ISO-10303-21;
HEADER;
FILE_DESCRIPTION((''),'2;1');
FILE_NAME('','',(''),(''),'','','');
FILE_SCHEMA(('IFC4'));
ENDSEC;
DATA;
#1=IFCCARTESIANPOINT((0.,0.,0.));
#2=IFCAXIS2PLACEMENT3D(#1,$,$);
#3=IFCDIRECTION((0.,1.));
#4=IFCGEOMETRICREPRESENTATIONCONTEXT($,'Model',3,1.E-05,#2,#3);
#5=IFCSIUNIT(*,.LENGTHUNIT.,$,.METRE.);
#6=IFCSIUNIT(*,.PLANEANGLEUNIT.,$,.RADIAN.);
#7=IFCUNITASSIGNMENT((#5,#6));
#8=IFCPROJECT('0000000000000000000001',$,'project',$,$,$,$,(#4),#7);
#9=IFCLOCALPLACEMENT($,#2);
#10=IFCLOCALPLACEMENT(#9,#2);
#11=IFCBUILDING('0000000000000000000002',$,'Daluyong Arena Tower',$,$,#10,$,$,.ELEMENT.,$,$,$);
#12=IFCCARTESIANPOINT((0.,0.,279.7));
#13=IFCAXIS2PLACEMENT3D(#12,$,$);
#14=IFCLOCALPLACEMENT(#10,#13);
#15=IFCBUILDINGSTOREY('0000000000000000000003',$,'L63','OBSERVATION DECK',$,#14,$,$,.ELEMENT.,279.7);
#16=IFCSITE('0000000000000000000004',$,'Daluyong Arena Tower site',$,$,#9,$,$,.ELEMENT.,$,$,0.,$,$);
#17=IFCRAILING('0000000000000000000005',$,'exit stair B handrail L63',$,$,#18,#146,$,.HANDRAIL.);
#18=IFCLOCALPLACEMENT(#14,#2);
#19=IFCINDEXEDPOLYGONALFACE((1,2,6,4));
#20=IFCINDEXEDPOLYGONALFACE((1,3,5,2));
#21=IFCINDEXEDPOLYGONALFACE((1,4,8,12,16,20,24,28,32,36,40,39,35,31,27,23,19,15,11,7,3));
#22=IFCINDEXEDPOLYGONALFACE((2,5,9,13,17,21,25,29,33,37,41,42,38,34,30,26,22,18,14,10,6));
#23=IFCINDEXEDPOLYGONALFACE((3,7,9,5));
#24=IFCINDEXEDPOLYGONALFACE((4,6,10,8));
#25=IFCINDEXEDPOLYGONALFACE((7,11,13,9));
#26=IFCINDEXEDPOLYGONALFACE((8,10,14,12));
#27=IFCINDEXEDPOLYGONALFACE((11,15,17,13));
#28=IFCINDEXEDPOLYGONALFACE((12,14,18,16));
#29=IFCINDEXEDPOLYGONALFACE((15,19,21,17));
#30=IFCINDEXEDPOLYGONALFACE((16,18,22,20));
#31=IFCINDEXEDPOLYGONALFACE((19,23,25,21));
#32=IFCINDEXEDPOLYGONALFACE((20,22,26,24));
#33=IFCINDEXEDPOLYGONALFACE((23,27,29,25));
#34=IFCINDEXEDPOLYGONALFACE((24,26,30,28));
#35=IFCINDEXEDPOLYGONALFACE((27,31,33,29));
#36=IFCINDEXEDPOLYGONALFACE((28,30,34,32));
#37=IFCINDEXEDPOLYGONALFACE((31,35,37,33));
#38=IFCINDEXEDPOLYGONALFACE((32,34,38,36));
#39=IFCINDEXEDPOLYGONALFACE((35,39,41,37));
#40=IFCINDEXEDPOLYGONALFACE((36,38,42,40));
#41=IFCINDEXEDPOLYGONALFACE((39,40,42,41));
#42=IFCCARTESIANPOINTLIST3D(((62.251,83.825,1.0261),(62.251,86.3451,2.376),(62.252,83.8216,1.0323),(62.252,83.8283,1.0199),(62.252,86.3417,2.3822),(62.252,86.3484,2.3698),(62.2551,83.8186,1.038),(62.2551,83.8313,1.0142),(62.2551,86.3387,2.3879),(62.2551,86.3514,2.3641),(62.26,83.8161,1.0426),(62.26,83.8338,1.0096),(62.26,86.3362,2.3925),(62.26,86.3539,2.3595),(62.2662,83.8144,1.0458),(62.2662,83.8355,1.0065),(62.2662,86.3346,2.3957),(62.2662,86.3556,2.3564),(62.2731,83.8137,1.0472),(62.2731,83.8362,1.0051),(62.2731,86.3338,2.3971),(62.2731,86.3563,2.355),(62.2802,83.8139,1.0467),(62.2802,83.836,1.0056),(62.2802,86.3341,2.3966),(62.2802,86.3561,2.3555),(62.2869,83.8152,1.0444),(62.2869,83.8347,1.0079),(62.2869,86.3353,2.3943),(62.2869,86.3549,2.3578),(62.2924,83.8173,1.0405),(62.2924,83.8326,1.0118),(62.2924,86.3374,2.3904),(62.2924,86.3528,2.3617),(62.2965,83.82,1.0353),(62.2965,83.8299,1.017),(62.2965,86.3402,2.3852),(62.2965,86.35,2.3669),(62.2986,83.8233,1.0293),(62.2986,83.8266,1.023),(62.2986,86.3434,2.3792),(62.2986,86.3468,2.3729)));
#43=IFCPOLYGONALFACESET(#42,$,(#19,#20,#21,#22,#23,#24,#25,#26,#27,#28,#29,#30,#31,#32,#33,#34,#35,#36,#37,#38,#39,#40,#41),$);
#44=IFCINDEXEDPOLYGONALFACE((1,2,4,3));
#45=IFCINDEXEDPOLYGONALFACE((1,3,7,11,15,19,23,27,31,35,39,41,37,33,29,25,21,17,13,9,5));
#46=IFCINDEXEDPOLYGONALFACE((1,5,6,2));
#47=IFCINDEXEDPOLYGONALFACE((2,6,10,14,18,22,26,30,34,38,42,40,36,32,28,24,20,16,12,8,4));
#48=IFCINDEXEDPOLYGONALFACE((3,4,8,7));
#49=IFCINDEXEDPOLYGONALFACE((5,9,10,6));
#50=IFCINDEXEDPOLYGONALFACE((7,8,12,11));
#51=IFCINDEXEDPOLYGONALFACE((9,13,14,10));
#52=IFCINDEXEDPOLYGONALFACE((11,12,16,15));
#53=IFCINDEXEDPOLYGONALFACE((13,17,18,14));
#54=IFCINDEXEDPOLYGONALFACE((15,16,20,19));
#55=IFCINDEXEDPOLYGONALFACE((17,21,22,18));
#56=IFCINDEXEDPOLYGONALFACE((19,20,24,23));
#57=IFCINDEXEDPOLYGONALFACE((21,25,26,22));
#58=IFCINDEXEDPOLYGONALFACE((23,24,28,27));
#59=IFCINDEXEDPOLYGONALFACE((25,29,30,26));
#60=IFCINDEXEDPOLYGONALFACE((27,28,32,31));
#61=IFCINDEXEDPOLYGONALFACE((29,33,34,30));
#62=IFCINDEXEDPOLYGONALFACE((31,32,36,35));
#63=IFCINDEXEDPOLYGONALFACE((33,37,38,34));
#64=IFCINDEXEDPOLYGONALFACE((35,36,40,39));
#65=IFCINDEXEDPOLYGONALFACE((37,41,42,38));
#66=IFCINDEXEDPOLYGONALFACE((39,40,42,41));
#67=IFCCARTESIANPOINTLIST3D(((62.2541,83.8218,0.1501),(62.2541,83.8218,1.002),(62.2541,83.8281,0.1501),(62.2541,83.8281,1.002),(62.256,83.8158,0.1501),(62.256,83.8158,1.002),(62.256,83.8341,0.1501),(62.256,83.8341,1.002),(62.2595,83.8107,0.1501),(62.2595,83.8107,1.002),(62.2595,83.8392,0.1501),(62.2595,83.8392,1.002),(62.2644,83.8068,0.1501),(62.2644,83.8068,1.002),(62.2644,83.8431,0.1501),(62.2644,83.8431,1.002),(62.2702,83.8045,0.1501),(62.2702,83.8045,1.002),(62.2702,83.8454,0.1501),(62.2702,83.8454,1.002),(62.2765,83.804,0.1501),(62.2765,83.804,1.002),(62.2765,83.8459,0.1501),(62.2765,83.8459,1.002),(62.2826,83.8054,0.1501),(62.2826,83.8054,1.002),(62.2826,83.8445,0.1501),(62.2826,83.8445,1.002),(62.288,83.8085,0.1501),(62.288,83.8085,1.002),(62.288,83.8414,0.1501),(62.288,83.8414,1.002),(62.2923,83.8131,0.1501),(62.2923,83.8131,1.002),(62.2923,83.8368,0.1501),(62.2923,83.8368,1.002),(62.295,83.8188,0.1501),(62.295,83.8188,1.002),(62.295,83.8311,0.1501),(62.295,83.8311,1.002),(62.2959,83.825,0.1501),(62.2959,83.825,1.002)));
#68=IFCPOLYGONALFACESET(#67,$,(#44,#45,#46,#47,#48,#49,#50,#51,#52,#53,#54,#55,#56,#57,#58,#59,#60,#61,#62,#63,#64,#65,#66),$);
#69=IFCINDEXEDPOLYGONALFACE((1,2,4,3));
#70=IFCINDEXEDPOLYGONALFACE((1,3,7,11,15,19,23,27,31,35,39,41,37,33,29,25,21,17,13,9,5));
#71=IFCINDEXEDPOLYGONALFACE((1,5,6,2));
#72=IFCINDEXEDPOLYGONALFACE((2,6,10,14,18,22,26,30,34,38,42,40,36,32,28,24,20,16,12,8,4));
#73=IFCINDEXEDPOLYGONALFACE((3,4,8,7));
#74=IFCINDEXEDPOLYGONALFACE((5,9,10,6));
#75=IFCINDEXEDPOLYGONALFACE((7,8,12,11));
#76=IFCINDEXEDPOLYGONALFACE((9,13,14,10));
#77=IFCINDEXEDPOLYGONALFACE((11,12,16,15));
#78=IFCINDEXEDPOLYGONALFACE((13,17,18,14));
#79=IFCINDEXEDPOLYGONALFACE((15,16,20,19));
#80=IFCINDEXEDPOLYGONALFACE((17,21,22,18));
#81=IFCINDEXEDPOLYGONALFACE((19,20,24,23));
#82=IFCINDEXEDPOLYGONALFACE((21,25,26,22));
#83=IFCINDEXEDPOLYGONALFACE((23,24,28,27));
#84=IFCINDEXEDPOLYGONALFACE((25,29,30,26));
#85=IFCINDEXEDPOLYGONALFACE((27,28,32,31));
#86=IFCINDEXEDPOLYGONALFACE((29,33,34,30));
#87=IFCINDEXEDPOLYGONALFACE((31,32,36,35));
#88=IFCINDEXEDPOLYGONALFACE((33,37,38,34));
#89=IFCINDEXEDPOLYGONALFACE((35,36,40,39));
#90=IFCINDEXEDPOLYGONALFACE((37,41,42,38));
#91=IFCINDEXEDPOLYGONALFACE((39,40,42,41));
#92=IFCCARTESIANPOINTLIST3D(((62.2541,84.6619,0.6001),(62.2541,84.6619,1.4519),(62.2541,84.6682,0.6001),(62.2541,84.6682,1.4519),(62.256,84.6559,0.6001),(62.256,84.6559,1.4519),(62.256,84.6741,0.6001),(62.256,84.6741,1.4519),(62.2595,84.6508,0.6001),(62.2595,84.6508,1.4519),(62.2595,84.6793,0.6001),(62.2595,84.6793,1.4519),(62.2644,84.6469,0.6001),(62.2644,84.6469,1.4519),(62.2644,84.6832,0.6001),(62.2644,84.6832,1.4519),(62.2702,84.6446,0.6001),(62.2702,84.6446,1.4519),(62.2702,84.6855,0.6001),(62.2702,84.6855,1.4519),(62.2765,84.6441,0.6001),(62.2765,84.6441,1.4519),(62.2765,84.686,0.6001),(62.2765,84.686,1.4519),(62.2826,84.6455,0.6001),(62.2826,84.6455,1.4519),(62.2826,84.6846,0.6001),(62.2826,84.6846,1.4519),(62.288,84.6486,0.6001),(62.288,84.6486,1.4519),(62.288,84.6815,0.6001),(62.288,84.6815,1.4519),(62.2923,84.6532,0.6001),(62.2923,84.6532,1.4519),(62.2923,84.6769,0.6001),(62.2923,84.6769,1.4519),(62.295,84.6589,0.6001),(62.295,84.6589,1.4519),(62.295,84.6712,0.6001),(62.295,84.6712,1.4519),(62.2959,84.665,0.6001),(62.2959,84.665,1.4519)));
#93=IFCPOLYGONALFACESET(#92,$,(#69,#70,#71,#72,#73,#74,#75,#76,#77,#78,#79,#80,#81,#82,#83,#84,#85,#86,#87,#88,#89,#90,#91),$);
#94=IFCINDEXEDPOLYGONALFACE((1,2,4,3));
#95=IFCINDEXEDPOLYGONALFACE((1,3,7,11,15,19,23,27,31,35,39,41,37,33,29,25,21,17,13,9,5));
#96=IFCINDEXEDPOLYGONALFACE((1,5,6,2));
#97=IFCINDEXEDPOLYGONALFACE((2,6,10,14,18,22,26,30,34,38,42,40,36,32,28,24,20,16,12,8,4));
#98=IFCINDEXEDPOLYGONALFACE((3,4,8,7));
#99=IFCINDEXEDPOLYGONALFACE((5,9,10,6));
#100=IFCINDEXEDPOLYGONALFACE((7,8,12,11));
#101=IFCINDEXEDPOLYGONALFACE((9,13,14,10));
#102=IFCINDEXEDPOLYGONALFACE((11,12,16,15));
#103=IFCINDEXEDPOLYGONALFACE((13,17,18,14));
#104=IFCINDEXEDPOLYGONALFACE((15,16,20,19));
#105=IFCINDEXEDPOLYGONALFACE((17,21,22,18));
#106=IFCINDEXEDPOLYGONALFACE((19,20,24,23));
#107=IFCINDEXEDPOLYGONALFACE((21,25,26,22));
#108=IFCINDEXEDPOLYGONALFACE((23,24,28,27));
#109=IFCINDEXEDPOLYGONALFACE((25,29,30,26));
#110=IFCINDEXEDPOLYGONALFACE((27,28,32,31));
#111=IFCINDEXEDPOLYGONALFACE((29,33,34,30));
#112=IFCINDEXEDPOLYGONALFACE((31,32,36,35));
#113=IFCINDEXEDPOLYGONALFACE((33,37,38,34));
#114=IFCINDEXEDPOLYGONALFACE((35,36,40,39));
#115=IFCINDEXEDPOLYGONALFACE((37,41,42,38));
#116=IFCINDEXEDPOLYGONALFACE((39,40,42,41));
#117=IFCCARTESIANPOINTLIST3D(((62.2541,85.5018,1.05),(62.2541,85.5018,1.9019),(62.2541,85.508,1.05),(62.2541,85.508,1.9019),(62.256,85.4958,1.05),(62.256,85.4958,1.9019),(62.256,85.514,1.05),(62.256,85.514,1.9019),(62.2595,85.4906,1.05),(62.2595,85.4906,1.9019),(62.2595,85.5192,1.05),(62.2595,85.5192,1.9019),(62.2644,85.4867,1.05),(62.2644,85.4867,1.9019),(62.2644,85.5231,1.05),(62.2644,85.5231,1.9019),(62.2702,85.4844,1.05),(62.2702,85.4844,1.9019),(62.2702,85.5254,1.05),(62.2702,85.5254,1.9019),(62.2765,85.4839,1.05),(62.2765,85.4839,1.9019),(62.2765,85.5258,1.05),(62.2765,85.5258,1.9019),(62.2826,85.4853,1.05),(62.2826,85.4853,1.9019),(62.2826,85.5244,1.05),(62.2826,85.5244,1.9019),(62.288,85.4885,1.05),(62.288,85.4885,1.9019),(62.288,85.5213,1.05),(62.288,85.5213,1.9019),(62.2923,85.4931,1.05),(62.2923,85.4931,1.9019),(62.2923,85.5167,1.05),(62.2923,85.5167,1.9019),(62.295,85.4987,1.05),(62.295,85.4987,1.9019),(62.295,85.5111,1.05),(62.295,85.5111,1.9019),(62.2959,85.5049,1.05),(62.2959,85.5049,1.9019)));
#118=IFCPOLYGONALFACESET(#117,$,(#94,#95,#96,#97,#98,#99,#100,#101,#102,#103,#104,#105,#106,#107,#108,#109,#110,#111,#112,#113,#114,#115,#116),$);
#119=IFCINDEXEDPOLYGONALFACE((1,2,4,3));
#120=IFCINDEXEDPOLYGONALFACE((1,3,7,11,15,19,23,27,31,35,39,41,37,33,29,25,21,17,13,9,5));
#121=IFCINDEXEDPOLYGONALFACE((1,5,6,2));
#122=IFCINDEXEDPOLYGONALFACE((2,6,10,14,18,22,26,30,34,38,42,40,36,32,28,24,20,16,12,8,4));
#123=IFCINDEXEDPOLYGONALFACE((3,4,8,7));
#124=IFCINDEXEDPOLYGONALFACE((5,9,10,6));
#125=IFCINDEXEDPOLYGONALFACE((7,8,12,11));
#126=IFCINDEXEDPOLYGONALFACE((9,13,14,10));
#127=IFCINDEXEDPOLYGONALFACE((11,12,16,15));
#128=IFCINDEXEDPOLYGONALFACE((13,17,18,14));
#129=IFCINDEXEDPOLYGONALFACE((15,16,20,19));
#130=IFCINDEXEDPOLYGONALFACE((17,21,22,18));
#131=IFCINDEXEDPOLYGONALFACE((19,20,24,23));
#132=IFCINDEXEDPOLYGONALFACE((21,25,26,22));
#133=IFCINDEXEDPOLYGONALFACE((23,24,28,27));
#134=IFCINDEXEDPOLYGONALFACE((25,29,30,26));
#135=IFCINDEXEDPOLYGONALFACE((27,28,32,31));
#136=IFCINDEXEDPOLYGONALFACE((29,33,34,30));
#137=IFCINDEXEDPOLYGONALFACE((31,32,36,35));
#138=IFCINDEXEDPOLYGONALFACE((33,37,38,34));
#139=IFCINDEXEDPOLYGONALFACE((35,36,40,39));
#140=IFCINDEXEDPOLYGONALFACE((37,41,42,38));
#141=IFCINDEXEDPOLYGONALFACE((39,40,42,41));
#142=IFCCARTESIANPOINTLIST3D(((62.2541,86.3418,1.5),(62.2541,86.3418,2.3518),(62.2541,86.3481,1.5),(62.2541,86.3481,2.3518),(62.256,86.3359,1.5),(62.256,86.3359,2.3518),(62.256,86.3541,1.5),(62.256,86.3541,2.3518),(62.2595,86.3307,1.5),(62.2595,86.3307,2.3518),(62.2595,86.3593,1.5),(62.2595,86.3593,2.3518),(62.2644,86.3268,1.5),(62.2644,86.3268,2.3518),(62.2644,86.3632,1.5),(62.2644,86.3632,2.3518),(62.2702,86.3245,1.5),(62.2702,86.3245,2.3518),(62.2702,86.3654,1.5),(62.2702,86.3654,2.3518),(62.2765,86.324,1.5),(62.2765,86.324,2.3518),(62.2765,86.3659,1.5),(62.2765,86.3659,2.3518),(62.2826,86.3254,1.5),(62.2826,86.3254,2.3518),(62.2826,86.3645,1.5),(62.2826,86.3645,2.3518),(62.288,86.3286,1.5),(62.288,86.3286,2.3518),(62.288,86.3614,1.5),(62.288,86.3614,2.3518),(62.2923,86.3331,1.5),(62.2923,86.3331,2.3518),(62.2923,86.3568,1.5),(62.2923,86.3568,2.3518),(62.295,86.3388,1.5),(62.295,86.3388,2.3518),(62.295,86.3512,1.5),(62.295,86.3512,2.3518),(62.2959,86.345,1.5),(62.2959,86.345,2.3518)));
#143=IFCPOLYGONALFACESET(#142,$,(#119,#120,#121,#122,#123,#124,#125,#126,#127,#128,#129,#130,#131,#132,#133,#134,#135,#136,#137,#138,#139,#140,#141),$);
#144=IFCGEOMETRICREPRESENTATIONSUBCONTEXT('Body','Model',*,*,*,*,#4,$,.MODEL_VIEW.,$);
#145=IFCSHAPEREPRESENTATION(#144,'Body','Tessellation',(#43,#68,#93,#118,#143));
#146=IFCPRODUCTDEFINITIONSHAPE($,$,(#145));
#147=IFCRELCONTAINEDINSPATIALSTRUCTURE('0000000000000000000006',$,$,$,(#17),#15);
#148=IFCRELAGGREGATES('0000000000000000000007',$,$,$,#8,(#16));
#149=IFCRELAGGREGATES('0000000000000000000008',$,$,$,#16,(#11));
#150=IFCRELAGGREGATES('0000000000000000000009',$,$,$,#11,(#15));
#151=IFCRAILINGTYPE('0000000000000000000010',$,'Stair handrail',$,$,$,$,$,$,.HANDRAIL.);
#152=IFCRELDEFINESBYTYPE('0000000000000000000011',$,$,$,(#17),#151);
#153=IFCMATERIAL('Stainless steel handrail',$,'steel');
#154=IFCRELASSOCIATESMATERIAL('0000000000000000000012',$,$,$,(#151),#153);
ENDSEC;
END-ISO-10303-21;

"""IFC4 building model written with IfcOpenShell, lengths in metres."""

from ifc_helpers import new_model, si_unit, direction, frame, origin, origin_2d, place, context, subcontext, project, spatial, circle, extrude, material, type_object, element, save


model = new_model("IFC4")

# Units and contexts
model_context = context("Model", 3, precision=1e-05, world=origin(), true_north=direction((0.0, 1.0)))
body_context = subcontext(model_context, "Body", "Model", "MODEL_VIEW")
ifc_project = project(units=[si_unit("LENGTHUNIT", "METRE"), si_unit("PLANEANGLEUNIT", "RADIAN")], contexts=[model_context])

# Site, building, storey
site_placement = place(None, origin())
site = spatial("IfcSite", under=ifc_project, at=site_placement, Name="Daluyong Arena Tower site", CompositionType="ELEMENT", RefElevation=0.0)
building_placement = place(site_placement, origin())
building = spatial("IfcBuilding", under=site, at=building_placement, Name="Daluyong Arena Tower", CompositionType="ELEMENT")
storey_placement = place(building_placement, frame((0.0, 0.0, 279.7)))
storey = spatial("IfcBuildingStorey", under=building, at=storey_placement, Name="L63", Description="OBSERVATION DECK", CompositionType="ELEMENT", Elevation=279.7)

# Railing
ifc_material_1 = material(Name="Stainless steel handrail", Category="steel")
railing_type_1 = type_object("IfcRailingType", Name="Stair handrail", PredefinedType="HANDRAIL", material=ifc_material_1)
for number, where, name in (
    (1, (62.2749, 83.825, 0.1501), "exit stair B handrail L63"),
):
    element("IfcRailing", number, at=place(storey_placement, frame(where)), inside=storey, type_object=railing_type_1, Name=name, PredefinedType="HANDRAIL", context=body_context, shape_type="SweptSolid", body=[
        extrude(circle(Radius=0.0239, at=origin_2d()), frame((0.0, 0.0, 0.876), z_axis=(0.0, 0.881503, 0.472179), x_axis=(-1.0, 0.0, 0.0)), (0.0, 0.0, 1.0), 2.8589),
        extrude(circle(Radius=0.021, at=origin_2d()), origin(), (0.0, 0.0, 1.0), 0.8518),
        extrude(circle(Radius=0.021, at=origin_2d()), frame((0.0, 0.8401, 0.45)), (0.0, 0.0, 1.0), 0.8518),
        extrude(circle(Radius=0.021, at=origin_2d()), frame((0.0, 1.6799, 0.8999)), (0.0, 0.0, 1.0), 0.8518),
        extrude(circle(Radius=0.021, at=origin_2d()), frame((0.0, 2.52, 1.3499)), (0.0, 0.0, 1.0), 0.8518),
    ])

save(model, "model.ifc")
